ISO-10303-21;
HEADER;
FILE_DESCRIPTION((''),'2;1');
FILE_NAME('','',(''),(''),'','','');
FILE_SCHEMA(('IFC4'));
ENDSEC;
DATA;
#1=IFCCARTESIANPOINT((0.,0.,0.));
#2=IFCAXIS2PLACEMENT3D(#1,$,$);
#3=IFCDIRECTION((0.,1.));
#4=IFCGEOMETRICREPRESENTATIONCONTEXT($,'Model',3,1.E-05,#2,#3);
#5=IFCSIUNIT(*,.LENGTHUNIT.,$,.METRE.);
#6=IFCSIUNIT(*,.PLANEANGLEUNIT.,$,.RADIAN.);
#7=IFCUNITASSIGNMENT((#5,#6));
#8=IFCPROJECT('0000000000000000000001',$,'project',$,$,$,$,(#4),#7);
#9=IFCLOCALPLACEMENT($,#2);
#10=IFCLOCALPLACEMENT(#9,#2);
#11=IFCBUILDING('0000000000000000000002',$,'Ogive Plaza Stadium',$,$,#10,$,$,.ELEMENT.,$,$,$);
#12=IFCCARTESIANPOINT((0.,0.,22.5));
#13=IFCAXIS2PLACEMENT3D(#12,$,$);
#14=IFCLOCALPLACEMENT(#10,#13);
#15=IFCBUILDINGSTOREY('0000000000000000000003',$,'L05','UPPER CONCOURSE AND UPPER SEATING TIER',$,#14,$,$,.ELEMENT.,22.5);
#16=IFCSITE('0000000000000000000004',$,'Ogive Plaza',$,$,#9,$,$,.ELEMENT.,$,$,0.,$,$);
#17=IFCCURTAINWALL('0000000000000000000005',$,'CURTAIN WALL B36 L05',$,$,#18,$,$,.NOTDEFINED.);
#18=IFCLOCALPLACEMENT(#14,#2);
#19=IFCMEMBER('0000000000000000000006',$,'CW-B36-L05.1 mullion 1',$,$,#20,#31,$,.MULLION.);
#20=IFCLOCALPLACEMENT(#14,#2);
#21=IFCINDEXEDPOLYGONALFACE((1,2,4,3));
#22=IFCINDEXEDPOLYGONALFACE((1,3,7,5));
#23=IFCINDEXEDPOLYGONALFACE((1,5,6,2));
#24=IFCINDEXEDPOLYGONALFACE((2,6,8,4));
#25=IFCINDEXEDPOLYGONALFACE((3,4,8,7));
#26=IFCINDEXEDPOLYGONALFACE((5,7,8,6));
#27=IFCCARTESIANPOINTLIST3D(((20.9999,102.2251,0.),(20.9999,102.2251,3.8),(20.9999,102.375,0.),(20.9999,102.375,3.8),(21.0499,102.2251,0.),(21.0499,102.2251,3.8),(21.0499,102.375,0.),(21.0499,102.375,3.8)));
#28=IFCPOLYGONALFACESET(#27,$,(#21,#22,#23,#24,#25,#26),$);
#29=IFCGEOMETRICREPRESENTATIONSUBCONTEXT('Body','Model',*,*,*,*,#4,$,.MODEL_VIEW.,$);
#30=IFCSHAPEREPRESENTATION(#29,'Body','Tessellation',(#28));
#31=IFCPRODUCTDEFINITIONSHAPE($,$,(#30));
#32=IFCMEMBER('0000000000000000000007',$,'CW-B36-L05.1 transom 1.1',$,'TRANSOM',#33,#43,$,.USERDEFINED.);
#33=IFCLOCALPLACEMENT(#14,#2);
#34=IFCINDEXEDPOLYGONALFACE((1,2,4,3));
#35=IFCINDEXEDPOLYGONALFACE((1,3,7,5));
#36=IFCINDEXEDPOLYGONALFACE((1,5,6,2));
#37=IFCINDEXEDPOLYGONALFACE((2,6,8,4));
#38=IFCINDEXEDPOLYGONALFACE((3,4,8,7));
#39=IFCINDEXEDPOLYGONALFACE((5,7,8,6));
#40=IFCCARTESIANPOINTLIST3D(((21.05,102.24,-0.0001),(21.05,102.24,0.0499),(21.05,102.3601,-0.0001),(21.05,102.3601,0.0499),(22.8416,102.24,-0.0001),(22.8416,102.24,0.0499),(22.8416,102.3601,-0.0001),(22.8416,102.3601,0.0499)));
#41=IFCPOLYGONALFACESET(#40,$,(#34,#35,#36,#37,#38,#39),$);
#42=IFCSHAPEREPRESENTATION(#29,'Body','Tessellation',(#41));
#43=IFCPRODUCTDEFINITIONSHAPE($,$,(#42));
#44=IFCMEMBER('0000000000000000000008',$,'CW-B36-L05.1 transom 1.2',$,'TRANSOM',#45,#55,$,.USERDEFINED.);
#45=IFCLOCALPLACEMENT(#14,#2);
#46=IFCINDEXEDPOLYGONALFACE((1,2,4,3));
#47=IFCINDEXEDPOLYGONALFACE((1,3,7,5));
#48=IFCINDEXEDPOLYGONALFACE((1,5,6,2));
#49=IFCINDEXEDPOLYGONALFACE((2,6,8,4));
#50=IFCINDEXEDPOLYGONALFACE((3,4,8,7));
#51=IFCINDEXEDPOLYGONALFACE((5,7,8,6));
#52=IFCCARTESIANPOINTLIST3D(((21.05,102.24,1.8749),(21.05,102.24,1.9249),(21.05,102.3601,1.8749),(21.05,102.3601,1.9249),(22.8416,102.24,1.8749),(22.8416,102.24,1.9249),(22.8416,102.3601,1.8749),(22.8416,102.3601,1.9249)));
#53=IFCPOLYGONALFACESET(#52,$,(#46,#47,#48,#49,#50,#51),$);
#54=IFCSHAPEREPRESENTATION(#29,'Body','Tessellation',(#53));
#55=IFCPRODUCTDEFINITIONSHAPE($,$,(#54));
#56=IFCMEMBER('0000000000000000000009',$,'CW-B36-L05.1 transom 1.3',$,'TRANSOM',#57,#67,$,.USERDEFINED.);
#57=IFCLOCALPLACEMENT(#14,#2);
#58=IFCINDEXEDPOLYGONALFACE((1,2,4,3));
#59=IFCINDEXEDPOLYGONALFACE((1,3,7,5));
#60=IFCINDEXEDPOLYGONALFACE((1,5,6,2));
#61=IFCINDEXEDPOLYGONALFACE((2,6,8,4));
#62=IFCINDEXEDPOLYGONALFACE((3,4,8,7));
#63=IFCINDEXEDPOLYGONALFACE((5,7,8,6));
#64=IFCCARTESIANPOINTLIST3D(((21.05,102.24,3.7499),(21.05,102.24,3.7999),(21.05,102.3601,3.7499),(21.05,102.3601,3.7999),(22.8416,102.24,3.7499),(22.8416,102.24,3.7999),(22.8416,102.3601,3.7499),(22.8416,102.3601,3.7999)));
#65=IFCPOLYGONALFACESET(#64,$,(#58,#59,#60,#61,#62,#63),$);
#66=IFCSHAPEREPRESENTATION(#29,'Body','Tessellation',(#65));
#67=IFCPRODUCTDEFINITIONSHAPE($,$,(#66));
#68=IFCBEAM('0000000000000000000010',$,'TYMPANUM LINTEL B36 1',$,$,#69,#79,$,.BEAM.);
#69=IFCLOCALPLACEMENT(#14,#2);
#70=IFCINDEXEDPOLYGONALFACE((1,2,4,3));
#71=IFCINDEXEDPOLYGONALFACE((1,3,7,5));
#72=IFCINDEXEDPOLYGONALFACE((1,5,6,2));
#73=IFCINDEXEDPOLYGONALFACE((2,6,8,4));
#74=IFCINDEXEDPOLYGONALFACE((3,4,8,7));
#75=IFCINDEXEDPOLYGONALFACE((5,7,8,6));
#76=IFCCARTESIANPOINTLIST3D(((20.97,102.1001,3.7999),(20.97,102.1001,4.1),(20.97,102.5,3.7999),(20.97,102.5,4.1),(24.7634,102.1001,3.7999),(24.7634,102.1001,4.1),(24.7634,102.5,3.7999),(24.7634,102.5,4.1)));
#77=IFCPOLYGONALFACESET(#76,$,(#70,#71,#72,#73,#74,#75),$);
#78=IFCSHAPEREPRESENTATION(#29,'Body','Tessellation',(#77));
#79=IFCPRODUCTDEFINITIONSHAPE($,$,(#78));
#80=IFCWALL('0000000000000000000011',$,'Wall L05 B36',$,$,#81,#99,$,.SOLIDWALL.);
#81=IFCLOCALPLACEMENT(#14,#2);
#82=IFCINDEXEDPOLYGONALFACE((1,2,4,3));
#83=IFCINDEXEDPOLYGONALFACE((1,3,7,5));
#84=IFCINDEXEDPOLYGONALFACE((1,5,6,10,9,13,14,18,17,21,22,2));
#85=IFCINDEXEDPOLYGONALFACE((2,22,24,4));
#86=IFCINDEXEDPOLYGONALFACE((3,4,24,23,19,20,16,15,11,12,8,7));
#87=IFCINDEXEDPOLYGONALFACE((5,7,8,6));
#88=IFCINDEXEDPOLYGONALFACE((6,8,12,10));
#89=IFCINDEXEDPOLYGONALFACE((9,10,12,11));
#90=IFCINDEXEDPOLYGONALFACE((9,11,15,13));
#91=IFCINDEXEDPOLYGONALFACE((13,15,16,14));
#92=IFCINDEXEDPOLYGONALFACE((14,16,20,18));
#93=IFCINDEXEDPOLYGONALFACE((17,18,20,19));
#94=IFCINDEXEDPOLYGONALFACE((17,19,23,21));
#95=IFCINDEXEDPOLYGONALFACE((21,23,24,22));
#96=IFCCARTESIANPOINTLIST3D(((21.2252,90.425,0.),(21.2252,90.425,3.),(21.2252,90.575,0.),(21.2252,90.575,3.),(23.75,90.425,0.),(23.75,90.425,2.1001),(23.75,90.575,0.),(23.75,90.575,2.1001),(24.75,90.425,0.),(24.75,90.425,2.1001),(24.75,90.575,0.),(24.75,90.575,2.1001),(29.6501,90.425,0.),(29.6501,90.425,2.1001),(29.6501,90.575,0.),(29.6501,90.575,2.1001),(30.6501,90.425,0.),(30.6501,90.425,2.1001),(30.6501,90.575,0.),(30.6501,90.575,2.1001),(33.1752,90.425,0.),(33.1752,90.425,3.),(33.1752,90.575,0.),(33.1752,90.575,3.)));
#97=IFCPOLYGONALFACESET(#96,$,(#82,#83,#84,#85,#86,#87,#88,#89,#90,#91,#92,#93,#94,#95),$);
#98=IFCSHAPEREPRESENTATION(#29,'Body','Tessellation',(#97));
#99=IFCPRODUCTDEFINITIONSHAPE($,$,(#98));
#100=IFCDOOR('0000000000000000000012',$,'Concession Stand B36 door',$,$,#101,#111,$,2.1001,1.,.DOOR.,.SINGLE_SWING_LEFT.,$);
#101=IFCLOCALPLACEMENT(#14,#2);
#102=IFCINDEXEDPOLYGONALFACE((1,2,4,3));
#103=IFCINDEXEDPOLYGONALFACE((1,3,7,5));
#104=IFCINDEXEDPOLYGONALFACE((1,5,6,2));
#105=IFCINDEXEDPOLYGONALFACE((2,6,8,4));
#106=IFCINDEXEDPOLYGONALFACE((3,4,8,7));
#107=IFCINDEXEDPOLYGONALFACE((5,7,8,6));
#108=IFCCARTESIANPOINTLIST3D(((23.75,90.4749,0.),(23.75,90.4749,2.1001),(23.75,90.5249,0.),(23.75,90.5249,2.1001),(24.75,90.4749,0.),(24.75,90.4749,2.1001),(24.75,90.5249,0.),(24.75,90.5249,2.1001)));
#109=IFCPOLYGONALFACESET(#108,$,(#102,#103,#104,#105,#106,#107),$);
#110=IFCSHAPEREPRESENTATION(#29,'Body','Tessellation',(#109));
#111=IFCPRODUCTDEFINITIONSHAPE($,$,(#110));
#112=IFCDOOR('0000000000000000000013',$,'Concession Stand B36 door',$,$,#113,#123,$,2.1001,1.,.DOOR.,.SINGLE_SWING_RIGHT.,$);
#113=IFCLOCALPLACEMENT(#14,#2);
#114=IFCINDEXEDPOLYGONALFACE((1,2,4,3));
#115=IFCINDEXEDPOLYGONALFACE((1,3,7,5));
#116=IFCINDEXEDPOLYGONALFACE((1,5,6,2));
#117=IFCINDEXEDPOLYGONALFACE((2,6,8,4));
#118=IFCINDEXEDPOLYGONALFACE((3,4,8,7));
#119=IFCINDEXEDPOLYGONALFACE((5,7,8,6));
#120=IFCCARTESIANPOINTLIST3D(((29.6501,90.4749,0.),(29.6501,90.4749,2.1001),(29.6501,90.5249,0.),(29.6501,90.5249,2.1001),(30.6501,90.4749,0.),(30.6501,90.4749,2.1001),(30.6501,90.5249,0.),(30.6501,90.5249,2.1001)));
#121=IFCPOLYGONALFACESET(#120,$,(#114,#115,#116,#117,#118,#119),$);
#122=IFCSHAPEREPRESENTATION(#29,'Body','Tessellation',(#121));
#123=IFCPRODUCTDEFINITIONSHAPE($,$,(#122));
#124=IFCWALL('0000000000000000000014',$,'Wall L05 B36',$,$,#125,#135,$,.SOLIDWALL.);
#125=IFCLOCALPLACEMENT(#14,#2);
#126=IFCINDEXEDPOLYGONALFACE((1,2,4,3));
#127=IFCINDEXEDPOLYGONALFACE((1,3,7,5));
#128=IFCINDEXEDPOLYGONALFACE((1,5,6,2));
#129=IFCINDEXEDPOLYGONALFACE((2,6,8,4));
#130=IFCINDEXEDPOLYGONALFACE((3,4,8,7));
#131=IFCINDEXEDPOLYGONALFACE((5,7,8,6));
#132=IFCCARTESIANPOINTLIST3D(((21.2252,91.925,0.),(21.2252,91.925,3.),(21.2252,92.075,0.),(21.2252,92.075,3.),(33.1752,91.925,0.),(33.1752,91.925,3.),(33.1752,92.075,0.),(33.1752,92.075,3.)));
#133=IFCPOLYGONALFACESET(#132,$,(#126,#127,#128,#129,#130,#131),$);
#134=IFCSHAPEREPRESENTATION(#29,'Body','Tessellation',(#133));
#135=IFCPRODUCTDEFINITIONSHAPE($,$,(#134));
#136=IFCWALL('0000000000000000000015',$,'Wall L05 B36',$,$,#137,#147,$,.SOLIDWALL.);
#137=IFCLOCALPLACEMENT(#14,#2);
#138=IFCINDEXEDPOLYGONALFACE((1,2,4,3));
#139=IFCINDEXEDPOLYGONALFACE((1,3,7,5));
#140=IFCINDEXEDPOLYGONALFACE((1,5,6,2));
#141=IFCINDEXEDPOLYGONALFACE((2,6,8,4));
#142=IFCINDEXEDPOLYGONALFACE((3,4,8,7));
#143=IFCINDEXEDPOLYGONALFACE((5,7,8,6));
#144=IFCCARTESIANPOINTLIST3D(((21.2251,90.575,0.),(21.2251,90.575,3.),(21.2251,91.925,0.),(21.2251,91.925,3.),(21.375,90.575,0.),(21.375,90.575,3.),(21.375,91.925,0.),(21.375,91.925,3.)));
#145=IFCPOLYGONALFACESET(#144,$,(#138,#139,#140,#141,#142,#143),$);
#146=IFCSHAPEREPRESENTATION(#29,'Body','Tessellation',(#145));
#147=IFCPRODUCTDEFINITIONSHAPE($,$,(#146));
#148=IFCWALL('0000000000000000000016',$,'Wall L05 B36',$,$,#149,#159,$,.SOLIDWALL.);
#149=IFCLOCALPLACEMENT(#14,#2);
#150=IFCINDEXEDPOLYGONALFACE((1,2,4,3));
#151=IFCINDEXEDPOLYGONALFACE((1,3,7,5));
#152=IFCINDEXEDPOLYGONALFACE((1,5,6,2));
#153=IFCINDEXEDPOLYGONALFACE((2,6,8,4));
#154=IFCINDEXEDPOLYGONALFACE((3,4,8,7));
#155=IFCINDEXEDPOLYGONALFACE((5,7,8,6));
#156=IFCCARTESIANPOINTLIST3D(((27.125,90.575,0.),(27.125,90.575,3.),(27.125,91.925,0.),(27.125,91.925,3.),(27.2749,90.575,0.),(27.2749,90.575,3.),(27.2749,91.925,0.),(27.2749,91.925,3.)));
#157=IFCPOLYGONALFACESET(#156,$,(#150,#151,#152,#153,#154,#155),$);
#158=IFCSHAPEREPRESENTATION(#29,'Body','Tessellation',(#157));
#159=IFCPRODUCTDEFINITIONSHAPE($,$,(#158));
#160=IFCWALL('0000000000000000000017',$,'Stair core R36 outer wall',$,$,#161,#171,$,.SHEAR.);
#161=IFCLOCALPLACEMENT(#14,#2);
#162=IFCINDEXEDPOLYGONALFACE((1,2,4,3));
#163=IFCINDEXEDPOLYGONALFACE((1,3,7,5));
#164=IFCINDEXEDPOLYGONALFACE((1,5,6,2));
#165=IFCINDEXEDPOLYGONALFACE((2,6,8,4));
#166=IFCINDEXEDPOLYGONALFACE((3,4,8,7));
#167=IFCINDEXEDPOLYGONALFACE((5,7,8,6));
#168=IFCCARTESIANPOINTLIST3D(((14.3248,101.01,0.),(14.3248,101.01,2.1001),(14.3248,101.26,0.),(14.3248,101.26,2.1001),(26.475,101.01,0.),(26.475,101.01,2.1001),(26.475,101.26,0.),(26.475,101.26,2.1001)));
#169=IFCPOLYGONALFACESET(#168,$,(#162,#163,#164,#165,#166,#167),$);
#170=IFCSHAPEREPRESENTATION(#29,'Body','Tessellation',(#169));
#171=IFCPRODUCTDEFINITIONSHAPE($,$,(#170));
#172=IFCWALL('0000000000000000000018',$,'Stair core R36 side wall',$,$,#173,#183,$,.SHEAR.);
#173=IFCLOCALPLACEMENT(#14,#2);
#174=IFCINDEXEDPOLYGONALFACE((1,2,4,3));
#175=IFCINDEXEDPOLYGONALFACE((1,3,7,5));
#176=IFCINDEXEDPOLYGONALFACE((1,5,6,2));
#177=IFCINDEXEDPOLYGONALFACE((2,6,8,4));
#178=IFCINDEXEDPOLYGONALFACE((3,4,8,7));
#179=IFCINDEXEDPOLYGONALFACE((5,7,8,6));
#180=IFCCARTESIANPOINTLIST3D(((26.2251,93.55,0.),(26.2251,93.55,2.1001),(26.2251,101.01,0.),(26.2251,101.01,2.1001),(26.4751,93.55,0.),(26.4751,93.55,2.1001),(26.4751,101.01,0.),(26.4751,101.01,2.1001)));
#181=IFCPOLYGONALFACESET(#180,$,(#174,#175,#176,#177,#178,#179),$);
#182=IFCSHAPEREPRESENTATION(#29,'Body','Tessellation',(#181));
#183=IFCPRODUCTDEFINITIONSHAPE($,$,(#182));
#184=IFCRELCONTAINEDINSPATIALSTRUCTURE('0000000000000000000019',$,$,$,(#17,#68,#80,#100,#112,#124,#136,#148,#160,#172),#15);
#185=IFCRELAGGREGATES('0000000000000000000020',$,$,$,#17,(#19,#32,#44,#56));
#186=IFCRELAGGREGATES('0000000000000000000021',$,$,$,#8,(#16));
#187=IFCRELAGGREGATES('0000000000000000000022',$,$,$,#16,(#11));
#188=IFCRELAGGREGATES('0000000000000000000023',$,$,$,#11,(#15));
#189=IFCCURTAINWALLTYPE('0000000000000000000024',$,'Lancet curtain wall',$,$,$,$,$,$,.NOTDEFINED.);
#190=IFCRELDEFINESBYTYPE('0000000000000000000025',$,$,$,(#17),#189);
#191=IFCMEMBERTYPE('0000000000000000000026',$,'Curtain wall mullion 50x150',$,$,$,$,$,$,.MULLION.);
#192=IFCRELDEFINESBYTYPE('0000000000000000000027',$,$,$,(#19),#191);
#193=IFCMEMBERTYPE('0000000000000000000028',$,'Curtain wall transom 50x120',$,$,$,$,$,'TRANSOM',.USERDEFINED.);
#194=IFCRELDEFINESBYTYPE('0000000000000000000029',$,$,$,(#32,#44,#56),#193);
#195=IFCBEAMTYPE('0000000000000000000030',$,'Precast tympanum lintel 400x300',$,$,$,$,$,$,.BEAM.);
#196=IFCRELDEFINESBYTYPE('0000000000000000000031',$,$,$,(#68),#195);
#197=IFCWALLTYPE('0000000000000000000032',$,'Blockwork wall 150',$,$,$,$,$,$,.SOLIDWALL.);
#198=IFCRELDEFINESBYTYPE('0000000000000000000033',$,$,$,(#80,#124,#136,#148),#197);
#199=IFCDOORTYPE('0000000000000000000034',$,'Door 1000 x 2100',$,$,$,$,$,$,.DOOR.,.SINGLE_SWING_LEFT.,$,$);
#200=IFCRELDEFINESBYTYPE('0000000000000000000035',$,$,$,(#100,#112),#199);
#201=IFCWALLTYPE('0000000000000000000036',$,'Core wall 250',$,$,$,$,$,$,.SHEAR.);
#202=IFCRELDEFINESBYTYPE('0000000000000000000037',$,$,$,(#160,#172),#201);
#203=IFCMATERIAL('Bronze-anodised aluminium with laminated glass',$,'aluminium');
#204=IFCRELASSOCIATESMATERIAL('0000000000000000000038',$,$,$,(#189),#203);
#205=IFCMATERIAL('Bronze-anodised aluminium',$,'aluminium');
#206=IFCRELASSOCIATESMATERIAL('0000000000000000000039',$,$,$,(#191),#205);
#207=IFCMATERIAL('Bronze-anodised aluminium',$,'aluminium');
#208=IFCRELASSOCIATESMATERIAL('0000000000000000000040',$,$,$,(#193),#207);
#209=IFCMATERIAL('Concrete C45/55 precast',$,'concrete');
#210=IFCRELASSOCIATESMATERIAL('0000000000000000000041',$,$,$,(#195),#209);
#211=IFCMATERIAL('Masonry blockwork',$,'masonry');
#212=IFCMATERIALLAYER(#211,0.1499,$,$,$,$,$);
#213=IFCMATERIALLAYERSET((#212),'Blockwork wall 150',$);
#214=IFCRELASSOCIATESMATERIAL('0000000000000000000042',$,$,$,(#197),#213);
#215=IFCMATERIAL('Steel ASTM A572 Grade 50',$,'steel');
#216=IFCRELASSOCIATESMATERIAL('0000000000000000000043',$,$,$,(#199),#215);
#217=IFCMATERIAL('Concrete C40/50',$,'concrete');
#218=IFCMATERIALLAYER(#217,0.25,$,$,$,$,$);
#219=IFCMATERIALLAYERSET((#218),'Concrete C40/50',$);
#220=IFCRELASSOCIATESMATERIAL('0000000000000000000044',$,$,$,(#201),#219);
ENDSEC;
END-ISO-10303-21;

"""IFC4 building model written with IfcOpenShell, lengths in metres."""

from ifc_helpers import new_model, si_unit, direction, frame, frame_2d, origin, origin_2d, place, context, subcontext, project, spatial, rectangle, extrude, material, layer, layer_set, material_profile, profile_set, type_object, element, fill, aggregate, save


model = new_model("IFC4")

# Units and contexts
model_context = context("Model", 3, precision=1e-05, world=origin(), true_north=direction((0.0, 1.0)))
body_context = subcontext(model_context, "Body", "Model", "MODEL_VIEW")
ifc_project = project(units=[si_unit("LENGTHUNIT", "METRE"), si_unit("PLANEANGLEUNIT", "RADIAN")], contexts=[model_context])

# Site, building, storey
site_placement = place(None, origin())
site = spatial("IfcSite", under=ifc_project, at=site_placement, Name="Ogive Plaza", CompositionType="ELEMENT", RefElevation=0.0)
building_placement = place(site_placement, origin())
building = spatial("IfcBuilding", under=site, at=building_placement, Name="Ogive Plaza Stadium", CompositionType="ELEMENT")
storey_placement = place(building_placement, frame((0.0, 0.0, 22.5)))
storey = spatial("IfcBuildingStorey", under=building, at=storey_placement, Name="L05", Description="UPPER CONCOURSE AND UPPER SEATING TIER", CompositionType="ELEMENT", Elevation=22.5)

# Curtain wall, members
ifc_material_1 = material(Name="Bronze-anodised aluminium with laminated glass", Category="aluminium")
curtain_wall_type = type_object("IfcCurtainWallType", Name="Lancet curtain wall", PredefinedType="NOTDEFINED", material=ifc_material_1)
curtain_wall_placement = place(storey_placement, origin())
curtain_wall = element("IfcCurtainWall", 1, at=curtain_wall_placement, inside=storey, type_object=curtain_wall_type, Name="CURTAIN WALL B36 L05", PredefinedType="NOTDEFINED")
ifc_material_2 = material(Name="Bronze-anodised aluminium", Category="aluminium")
ifc_material_profile_1 = material_profile(ifc_material_2, rectangle(XDim=0.1499, YDim=0.05, at=origin_2d()), Name="AL 150x50")
ifc_profile_set_1 = profile_set([ifc_material_profile_1], Name="Bronze-anodised aluminium")
member_type_1 = type_object("IfcMemberType", Name="Curtain wall mullion 50x150", PredefinedType="MULLION", material=ifc_profile_set_1)
member_1_placement = place(storey_placement, frame((21.0249, 102.3, 0.0), z_axis=(0.0, 0.0, 1.0), x_axis=(0.0, 1.0, 0.0)))
member_1 = element("IfcMember", 2, at=member_1_placement, type_object=member_type_1, Name="CW-B36-L05.1 mullion 1", PredefinedType="MULLION", context=body_context, shape_type="SweptSolid", body=[
    extrude(rectangle(XDim=0.1499, YDim=0.05, at=origin_2d()), origin(), (0.0, 0.0, 1.0), 3.8),
])
ifc_material_3 = material(Name="Bronze-anodised aluminium", Category="aluminium")
ifc_material_profile_2 = material_profile(ifc_material_3, rectangle(XDim=0.1201, YDim=0.05, at=origin_2d()), Name="AL 120x50")
ifc_profile_set_2 = profile_set([ifc_material_profile_2], Name="Bronze-anodised aluminium")
member_type_2 = type_object("IfcMemberType", Name="Curtain wall transom 50x120", ElementType="TRANSOM", PredefinedType="USERDEFINED", material=ifc_profile_set_2)
member_2_placement = place(storey_placement, frame((21.05, 102.3, 0.0249), z_axis=(1.0, 0.0, 0.0), x_axis=(0.0, 1.0, 0.0)))
member_2 = element("IfcMember", 3, at=member_2_placement, type_object=member_type_2, Name="CW-B36-L05.1 transom 1.1", ObjectType="TRANSOM", PredefinedType="USERDEFINED", context=body_context, shape_type="SweptSolid", body=[
    extrude(rectangle(XDim=0.1201, YDim=0.05, at=origin_2d()), origin(), (0.0, 0.0, 1.0), 1.7915),
])
member_3_placement = place(storey_placement, frame((21.05, 102.3, 1.8999), z_axis=(1.0, 0.0, 0.0), x_axis=(0.0, 1.0, 0.0)))
member_3 = element("IfcMember", 4, at=member_3_placement, type_object=member_type_2, Name="CW-B36-L05.1 transom 1.2", ObjectType="TRANSOM", PredefinedType="USERDEFINED", context=body_context, shape_type="SweptSolid", body=[
    extrude(rectangle(XDim=0.1201, YDim=0.05, at=origin_2d()), origin(), (0.0, 0.0, 1.0), 1.7915),
])
member_4_placement = place(storey_placement, frame((21.05, 102.3, 3.7749), z_axis=(1.0, 0.0, 0.0), x_axis=(0.0, 1.0, 0.0)))
member_4 = element("IfcMember", 5, at=member_4_placement, type_object=member_type_2, Name="CW-B36-L05.1 transom 1.3", ObjectType="TRANSOM", PredefinedType="USERDEFINED", context=body_context, shape_type="SweptSolid", body=[
    extrude(rectangle(XDim=0.1201, YDim=0.05, at=origin_2d()), origin(), (0.0, 0.0, 1.0), 1.7915),
])
aggregate(curtain_wall, [member_1, member_2, member_3, member_4])

# Beam
ifc_material_4 = material(Name="Concrete C45/55 precast", Category="concrete")
ifc_material_profile_3 = material_profile(ifc_material_4, rectangle(XDim=0.3999, YDim=0.3, at=origin_2d()), Name="RC 400x300")
ifc_profile_set_3 = profile_set([ifc_material_profile_3], Name="Concrete C45/55 precast")
beam_type = type_object("IfcBeamType", Name="Precast tympanum lintel 400x300", PredefinedType="BEAM", material=ifc_profile_set_3)
beam_placement = place(storey_placement, frame((20.97, 102.3, 3.95), z_axis=(1.0, 0.0, 0.0), x_axis=(0.0, 1.0, 0.0)))
element("IfcBeam", 6, at=beam_placement, inside=storey, type_object=beam_type, Name="TYMPANUM LINTEL B36 1", PredefinedType="BEAM", context=body_context, shape_type="SweptSolid", body=[
    extrude(rectangle(XDim=0.3999, YDim=0.3, at=origin_2d()), origin(), (0.0, 0.0, 1.0), 3.7935),
])

# Wall, openings, doors
ifc_material_5 = material(Name="Masonry blockwork", Category="masonry")
ifc_layer_1 = layer(ifc_material_5, 0.1499)
ifc_layer_set_1 = layer_set([ifc_layer_1], Name="Blockwork wall 150")
wall_type_1 = type_object("IfcWallType", Name="Blockwork wall 150", PredefinedType="SOLIDWALL", material=ifc_layer_set_1)
wall_1_placement = place(storey_placement, frame((21.2251, 90.5, 0.0), z_axis=(0.0, 0.0, 1.0), x_axis=(1.0, 0.0, 0.0)))
wall_1 = element("IfcWall", 7, at=wall_1_placement, inside=storey, type_object=wall_type_1, Name="Wall L05 B36", PredefinedType="SOLIDWALL", context=body_context, shape_type="SweptSolid", body=[
    extrude(rectangle(XDim=11.95, YDim=0.1499, at=frame_2d((5.9751, 0.0))), origin(), (0.0, 0.0, 1.0), 3.0),
])
opening_1_placement = place(wall_1_placement, frame((2.5249, 0.0, 0.0)))
opening_1 = element("IfcOpeningElement", 8, at=opening_1_placement, cuts=wall_1, PredefinedType="OPENING", context=body_context, shape_type="SweptSolid", body=[
    extrude(rectangle(XDim=1.0, YDim=2.1001, at=frame_2d((0.5, 1.05))), frame((0.0, 0.075, 0.0), z_axis=(0.0, -1.0, 0.0), x_axis=(1.0, 0.0, 0.0)), (0.0, 0.0, 1.0), 0.1499),
])
opening_2_placement = place(wall_1_placement, frame((8.425, 0.0, 0.0)))
opening_2 = element("IfcOpeningElement", 9, at=opening_2_placement, cuts=wall_1, PredefinedType="OPENING", context=body_context, shape_type="SweptSolid", body=[
    extrude(rectangle(XDim=1.0, YDim=2.1001, at=frame_2d((0.5, 1.05))), frame((0.0, 0.075, 0.0), z_axis=(0.0, -1.0, 0.0), x_axis=(1.0, 0.0, 0.0)), (0.0, 0.0, 1.0), 0.1499),
])
ifc_material_6 = material(Name="Steel ASTM A572 Grade 50", Category="steel")
door_type_1 = type_object("IfcDoorType", Name="Door 1000 x 2100", OperationType="SINGLE_SWING_LEFT", PredefinedType="DOOR", material=ifc_material_6)
door_1_placement = place(opening_1_placement, origin())
door_1 = element("IfcDoor", 10, at=door_1_placement, inside=storey, type_object=door_type_1, Name="Concession Stand B36 door", OperationType="SINGLE_SWING_LEFT", OverallHeight=2.1001, OverallWidth=1.0, PredefinedType="DOOR", context=body_context, shape_type="SweptSolid", body=[
    extrude(rectangle(XDim=1.0, YDim=2.1001, at=frame_2d((0.5, 1.05))), frame((0.0, 0.0249, 0.0), z_axis=(0.0, -1.0, 0.0), x_axis=(1.0, 0.0, 0.0)), (0.0, 0.0, 1.0), 0.05),
])
fill(opening_1, door_1)
door_2_placement = place(opening_2_placement, origin())
door_2 = element("IfcDoor", 11, at=door_2_placement, inside=storey, type_object=door_type_1, Name="Concession Stand B36 door", OperationType="SINGLE_SWING_RIGHT", OverallHeight=2.1001, OverallWidth=1.0, PredefinedType="DOOR", context=body_context, shape_type="SweptSolid", body=[
    extrude(rectangle(XDim=1.0, YDim=2.1001, at=frame_2d((0.5, 1.05))), frame((0.0, 0.0249, 0.0), z_axis=(0.0, -1.0, 0.0), x_axis=(1.0, 0.0, 0.0)), (0.0, 0.0, 1.0), 0.05),
])
fill(opening_2, door_2)

# Walls
wall_2_placement = place(storey_placement, frame((21.2251, 92.0, 0.0), z_axis=(0.0, 0.0, 1.0), x_axis=(1.0, 0.0, 0.0)))
element("IfcWall", 12, at=wall_2_placement, inside=storey, type_object=wall_type_1, Name="Wall L05 B36", PredefinedType="SOLIDWALL", context=body_context, shape_type="SweptSolid", body=[
    extrude(rectangle(XDim=11.95, YDim=0.1499, at=frame_2d((5.9751, 0.0))), origin(), (0.0, 0.0, 1.0), 3.0),
])
for number, where, z_axis, x_axis, name in (
    (13, (21.3, 90.575, 0.0), (0.0, 0.0, 1.0), (0.0, 1.0, 0.0), "Wall L05 B36"),
    (14, (27.2, 90.575, 0.0), (0.0, 0.0, 1.0), (0.0, 1.0, 0.0), "Wall L05 B36"),
):
    element("IfcWall", number, at=place(storey_placement, frame(where, z_axis=z_axis, x_axis=x_axis)), inside=storey, type_object=wall_type_1, Name=name, PredefinedType="SOLIDWALL", context=body_context, shape_type="SweptSolid", body=[
        extrude(rectangle(XDim=1.3501, YDim=0.1499, at=frame_2d((0.675, 0.0))), origin(), (0.0, 0.0, 1.0), 3.0),
    ])

# Shared definitions
ifc_material_7 = material(Name="Concrete C40/50", Category="concrete")
ifc_layer_2 = layer(ifc_material_7, 0.25)
ifc_layer_set_2 = layer_set([ifc_layer_2], Name="Concrete C40/50")
wall_type_2 = type_object("IfcWallType", Name="Core wall 250", PredefinedType="SHEAR", material=ifc_layer_set_2)

# Walls
wall_3_placement = place(storey_placement, frame((26.4751, 101.135, 0.0), z_axis=(0.0, 0.0, 1.0), x_axis=(-1.0, 0.0, 0.0)))
element("IfcWall", 15, at=wall_3_placement, inside=storey, type_object=wall_type_2, Name="Stair core R36 outer wall", PredefinedType="SHEAR", context=body_context, shape_type="SweptSolid", body=[
    extrude(rectangle(XDim=12.1501, YDim=0.25, at=frame_2d((6.0752, 0.0))), origin(), (0.0, 0.0, 1.0), 2.1001),
])
wall_4_placement = place(storey_placement, frame((26.3501, 93.55, 0.0), z_axis=(0.0, 0.0, 1.0), x_axis=(0.0, 1.0, 0.0)))
element("IfcWall", 16, at=wall_4_placement, inside=storey, type_object=wall_type_2, Name="Stair core R36 side wall", PredefinedType="SHEAR", context=body_context, shape_type="SweptSolid", body=[
    extrude(rectangle(XDim=7.46, YDim=0.25, at=frame_2d((3.73, 0.0))), origin(), (0.0, 0.0, 1.0), 2.1001),
])

save(model, "model.ifc")
